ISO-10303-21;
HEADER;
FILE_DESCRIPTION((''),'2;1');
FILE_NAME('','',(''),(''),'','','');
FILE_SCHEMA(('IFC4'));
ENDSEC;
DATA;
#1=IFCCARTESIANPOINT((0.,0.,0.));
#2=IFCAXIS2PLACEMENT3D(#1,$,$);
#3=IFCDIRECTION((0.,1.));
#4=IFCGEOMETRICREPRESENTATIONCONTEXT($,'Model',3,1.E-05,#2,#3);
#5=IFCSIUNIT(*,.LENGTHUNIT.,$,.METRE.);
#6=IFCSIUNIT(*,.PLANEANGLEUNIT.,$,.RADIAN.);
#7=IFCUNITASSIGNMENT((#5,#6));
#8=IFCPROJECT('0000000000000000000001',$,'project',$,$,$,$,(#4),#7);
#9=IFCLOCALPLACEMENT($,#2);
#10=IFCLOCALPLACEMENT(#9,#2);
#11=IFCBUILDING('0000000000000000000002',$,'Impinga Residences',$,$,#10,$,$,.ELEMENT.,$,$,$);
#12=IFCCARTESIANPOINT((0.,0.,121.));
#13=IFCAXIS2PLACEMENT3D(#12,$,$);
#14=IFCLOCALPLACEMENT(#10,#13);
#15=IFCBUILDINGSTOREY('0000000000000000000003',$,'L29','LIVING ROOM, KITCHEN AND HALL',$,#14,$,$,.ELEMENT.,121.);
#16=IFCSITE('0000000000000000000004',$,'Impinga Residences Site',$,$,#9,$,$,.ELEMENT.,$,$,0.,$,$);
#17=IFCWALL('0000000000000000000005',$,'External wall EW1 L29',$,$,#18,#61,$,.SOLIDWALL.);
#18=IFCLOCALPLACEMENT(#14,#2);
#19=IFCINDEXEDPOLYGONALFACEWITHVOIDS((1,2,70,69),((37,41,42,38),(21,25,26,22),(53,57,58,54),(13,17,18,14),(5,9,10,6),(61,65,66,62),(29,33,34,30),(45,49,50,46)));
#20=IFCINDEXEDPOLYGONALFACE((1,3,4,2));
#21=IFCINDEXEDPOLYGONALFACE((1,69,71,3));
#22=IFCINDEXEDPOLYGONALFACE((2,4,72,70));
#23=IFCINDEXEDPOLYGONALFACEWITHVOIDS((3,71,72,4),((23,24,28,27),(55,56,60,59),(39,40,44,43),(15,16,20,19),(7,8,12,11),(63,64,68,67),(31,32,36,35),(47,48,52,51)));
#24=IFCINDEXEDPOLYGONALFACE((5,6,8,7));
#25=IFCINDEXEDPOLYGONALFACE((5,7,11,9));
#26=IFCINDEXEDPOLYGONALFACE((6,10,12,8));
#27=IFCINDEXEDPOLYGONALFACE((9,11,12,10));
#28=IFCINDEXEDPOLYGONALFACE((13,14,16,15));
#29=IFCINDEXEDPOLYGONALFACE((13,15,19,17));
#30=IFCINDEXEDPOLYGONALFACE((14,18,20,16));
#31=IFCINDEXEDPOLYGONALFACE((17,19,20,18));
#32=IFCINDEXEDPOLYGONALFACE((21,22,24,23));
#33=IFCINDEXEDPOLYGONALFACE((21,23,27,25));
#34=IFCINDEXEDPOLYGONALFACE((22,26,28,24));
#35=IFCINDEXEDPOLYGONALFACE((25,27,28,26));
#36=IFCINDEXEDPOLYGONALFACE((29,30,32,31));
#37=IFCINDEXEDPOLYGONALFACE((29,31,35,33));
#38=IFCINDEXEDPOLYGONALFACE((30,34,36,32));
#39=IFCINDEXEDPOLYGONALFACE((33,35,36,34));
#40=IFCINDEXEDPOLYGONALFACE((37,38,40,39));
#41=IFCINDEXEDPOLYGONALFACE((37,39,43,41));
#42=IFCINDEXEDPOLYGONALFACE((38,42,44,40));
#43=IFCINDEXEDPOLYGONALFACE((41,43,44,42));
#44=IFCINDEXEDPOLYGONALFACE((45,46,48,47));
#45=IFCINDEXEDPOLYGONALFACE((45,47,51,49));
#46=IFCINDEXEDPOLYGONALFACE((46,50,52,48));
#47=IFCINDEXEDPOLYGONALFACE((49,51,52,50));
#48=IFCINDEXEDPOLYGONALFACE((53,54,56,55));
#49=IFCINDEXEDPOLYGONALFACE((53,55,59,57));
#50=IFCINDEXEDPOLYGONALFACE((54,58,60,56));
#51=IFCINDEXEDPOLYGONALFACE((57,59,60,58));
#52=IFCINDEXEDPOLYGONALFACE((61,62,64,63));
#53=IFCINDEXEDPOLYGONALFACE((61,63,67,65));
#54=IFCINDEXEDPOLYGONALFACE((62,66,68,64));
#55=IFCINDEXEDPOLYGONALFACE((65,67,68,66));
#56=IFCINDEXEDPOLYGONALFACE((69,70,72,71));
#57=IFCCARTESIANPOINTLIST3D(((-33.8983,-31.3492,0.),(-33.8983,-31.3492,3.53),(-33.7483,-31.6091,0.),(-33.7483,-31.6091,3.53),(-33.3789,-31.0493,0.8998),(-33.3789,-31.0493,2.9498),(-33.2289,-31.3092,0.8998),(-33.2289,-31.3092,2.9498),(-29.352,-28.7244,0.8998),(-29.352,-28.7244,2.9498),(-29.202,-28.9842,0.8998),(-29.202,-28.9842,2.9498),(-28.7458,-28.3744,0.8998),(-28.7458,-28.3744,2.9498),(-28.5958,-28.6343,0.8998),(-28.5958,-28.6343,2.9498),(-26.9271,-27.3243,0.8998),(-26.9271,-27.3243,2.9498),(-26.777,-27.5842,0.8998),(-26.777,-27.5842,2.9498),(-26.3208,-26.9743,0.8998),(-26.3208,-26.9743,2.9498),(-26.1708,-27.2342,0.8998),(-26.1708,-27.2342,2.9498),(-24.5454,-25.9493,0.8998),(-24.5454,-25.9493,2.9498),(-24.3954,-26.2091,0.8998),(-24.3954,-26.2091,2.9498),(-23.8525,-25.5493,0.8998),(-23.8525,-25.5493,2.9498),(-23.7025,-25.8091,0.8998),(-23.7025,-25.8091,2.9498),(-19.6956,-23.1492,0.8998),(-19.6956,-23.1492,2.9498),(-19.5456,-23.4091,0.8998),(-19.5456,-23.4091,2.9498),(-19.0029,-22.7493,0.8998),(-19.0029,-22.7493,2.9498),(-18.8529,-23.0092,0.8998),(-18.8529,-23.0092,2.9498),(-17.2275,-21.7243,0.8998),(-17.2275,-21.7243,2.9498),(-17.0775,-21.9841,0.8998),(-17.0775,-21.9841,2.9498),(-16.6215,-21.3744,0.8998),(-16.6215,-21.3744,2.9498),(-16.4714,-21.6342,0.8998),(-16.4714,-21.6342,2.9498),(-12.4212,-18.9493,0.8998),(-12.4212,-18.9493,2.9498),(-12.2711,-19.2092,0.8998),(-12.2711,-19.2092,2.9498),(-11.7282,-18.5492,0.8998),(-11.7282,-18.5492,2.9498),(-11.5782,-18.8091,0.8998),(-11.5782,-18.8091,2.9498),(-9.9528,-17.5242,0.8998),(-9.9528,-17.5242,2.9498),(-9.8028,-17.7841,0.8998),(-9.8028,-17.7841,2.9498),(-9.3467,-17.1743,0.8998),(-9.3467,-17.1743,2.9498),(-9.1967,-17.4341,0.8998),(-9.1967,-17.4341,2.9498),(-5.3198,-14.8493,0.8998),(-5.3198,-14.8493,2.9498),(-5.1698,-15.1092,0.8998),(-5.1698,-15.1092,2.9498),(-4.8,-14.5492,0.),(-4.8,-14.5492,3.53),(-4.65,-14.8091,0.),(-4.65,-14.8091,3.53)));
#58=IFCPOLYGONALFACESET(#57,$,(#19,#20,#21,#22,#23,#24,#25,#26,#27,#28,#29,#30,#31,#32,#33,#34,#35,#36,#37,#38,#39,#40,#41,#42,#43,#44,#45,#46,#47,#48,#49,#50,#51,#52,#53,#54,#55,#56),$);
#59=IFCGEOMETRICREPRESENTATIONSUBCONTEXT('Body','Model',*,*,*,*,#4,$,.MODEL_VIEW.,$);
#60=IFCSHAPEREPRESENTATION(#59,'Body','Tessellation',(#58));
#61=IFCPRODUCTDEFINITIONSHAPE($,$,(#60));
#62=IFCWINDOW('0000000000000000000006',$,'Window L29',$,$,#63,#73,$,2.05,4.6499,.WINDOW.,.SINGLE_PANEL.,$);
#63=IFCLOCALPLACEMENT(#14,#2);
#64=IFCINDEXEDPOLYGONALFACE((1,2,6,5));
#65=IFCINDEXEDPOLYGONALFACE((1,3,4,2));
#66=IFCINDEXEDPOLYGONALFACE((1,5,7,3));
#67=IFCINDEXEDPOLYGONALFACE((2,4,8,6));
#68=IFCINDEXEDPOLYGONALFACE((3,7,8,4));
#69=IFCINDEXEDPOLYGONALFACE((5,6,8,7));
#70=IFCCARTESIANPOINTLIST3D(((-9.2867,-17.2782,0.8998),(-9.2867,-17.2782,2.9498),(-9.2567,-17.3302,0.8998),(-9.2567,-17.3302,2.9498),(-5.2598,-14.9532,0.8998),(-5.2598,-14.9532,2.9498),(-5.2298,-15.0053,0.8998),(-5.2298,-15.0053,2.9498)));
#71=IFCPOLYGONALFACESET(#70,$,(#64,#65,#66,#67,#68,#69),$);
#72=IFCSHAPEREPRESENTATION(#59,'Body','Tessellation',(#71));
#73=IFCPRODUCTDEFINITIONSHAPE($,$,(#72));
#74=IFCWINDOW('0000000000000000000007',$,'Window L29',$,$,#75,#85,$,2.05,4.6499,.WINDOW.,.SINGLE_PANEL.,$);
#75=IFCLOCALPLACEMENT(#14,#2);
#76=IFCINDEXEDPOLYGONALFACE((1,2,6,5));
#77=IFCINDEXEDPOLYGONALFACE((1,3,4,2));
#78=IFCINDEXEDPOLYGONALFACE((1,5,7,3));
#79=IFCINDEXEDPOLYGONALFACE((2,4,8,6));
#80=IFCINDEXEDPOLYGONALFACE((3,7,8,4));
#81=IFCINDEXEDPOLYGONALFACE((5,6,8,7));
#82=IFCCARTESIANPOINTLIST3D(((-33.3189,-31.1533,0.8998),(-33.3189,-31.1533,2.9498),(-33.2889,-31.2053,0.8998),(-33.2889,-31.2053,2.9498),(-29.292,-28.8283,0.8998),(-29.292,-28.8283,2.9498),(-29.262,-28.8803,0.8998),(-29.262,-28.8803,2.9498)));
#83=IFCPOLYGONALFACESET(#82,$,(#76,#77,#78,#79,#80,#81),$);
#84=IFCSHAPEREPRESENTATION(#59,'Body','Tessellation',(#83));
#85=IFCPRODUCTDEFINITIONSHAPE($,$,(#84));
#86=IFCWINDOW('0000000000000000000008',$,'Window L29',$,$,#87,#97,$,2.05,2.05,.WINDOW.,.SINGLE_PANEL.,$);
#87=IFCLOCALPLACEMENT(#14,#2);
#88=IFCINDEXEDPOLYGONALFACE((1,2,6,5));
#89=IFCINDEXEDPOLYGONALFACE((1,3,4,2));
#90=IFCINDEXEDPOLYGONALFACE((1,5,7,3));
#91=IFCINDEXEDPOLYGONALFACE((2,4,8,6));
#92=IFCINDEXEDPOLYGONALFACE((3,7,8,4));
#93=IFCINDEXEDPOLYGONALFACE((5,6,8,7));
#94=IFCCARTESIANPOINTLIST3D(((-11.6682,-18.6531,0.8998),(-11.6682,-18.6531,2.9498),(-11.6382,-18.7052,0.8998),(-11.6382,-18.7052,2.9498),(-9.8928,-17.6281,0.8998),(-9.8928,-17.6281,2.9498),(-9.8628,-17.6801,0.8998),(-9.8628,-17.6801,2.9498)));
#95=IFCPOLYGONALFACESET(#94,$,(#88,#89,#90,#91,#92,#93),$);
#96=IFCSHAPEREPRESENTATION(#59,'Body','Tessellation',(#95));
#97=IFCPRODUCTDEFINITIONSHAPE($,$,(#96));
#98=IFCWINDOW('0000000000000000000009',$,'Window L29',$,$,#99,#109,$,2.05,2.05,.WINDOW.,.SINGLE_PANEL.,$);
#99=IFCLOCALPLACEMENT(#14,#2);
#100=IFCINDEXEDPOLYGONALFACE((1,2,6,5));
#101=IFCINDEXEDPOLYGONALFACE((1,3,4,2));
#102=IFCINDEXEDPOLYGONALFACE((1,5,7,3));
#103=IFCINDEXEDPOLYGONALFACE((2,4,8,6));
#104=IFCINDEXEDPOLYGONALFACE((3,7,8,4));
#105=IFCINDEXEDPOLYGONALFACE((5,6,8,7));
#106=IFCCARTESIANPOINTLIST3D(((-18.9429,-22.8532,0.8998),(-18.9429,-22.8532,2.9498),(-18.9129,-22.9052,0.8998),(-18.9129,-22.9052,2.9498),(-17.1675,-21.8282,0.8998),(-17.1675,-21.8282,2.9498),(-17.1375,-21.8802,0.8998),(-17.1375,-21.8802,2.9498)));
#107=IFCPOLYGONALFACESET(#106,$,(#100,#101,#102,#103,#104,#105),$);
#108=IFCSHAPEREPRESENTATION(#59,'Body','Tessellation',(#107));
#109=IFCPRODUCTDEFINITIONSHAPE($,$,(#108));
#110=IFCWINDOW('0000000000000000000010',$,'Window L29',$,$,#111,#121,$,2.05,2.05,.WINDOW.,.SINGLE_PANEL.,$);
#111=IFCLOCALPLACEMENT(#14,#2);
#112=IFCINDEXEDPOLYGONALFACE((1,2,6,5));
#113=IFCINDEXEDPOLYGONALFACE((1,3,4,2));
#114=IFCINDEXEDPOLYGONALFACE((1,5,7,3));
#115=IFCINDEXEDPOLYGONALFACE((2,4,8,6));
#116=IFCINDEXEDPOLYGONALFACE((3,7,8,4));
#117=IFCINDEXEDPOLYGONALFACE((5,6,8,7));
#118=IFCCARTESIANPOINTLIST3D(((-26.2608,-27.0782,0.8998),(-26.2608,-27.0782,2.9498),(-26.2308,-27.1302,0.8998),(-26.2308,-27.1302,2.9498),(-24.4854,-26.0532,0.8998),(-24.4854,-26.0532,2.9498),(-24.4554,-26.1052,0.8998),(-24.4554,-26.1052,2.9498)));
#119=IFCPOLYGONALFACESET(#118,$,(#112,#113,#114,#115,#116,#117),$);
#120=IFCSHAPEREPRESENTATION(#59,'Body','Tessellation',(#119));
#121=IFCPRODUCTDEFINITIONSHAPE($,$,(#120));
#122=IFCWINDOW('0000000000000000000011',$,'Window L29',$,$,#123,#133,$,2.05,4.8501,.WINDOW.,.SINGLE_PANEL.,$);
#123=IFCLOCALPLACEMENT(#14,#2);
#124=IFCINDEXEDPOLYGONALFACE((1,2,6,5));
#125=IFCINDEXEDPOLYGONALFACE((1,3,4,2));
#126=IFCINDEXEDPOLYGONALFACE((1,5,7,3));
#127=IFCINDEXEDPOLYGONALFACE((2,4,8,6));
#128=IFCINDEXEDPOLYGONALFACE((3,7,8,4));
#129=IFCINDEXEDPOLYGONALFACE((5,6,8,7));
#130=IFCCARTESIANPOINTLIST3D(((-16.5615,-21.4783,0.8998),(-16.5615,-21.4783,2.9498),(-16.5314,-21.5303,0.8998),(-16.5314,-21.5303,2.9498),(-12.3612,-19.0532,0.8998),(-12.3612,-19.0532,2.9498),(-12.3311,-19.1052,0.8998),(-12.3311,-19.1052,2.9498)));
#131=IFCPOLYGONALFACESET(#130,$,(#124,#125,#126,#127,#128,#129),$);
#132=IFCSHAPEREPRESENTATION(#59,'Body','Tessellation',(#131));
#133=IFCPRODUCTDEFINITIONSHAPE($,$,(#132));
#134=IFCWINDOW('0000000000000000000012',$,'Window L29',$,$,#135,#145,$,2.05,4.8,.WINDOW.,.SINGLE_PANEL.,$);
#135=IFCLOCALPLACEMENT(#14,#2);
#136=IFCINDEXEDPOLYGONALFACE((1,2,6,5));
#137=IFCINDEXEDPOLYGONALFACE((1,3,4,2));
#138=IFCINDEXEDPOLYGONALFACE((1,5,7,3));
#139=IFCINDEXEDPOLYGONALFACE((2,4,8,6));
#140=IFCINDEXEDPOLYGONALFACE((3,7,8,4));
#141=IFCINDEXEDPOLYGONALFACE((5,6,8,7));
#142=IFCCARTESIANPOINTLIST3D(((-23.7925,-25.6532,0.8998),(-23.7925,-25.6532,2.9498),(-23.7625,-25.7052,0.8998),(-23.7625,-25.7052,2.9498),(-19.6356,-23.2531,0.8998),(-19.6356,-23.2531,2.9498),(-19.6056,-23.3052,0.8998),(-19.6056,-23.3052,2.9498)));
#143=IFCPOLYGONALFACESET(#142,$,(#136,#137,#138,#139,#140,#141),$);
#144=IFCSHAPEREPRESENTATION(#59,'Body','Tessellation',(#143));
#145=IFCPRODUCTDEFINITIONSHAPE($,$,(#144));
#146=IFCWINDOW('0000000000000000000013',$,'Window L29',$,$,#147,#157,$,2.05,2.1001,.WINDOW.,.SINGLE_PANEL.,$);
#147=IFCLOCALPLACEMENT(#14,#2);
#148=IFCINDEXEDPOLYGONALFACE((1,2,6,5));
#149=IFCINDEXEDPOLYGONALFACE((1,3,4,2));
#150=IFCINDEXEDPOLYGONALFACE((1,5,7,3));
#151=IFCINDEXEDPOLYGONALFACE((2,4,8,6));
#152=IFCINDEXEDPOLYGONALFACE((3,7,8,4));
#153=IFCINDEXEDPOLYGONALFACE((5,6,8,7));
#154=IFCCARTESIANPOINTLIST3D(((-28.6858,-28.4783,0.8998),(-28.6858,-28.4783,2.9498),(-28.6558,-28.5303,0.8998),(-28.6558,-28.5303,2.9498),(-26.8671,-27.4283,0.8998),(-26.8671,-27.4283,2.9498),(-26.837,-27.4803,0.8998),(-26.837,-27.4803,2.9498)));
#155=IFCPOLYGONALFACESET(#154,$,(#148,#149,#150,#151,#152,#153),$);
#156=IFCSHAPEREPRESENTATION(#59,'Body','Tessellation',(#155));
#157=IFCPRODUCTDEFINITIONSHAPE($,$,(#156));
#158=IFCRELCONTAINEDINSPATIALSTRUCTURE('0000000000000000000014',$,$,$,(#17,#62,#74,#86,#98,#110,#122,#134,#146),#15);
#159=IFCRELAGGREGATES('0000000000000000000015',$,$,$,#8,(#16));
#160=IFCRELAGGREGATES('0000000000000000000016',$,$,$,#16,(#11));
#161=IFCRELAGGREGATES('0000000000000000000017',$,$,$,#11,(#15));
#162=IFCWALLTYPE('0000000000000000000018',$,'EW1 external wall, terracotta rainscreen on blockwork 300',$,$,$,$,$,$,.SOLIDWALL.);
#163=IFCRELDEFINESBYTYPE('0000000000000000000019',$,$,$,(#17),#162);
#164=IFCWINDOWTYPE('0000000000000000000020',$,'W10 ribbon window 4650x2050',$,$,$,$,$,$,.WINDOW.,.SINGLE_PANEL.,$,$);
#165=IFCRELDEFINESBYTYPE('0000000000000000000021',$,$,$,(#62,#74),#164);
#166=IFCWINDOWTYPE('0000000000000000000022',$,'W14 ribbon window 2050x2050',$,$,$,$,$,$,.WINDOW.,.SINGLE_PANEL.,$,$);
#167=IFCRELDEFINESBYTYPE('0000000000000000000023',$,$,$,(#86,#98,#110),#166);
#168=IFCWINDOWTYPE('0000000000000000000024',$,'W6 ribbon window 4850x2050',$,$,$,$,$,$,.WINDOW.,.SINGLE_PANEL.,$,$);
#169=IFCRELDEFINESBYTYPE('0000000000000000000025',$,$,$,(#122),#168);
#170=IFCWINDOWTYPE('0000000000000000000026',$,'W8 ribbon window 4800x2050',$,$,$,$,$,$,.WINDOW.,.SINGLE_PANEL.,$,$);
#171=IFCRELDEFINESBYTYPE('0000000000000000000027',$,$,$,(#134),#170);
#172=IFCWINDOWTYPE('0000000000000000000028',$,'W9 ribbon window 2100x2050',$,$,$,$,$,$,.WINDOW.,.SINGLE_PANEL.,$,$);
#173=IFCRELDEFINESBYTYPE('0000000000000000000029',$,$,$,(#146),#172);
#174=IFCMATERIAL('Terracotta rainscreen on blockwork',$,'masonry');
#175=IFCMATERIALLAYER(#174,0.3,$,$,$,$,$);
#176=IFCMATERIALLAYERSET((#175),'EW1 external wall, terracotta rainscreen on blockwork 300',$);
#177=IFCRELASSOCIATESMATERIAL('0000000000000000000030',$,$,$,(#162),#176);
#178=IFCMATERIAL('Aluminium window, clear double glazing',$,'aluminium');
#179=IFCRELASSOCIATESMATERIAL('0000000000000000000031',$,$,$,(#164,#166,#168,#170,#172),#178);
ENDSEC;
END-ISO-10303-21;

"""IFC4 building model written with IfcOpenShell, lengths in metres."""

from ifc_helpers import new_model, si_unit, direction, frame, frame_2d, origin, place, context, subcontext, project, spatial, rectangle, extrude, material, layer, layer_set, type_object, element, fill, save


model = new_model("IFC4")

# Units and contexts
model_context = context("Model", 3, precision=1e-05, world=origin(), true_north=direction((0.0, 1.0)))
body_context = subcontext(model_context, "Body", "Model", "MODEL_VIEW")
ifc_project = project(units=[si_unit("LENGTHUNIT", "METRE"), si_unit("PLANEANGLEUNIT", "RADIAN")], contexts=[model_context])

# Site, building, storey
site_placement = place(None, origin())
site = spatial("IfcSite", under=ifc_project, at=site_placement, Name="Impinga Residences Site", CompositionType="ELEMENT", RefElevation=0.0)
building_placement = place(site_placement, origin())
building = spatial("IfcBuilding", under=site, at=building_placement, Name="Impinga Residences", CompositionType="ELEMENT")
storey_placement = place(building_placement, frame((0.0, 0.0, 121.0)))
storey = spatial("IfcBuildingStorey", under=building, at=storey_placement, Name="L29", Description="LIVING ROOM, KITCHEN AND HALL", CompositionType="ELEMENT", Elevation=121.0)

# Shared definitions
ifc_material_1 = material(Name="Terracotta rainscreen on blockwork", Category="masonry")
ifc_layer_1 = layer(ifc_material_1, 0.3)
ifc_layer_set_1 = layer_set([ifc_layer_1], Name="EW1 external wall, terracotta rainscreen on blockwork 300")
wall_type_1 = type_object("IfcWallType", Name="EW1 external wall, terracotta rainscreen on blockwork 300", PredefinedType="SOLIDWALL", material=ifc_layer_set_1)

# Wall, openings, windows
wall_1_placement = place(storey_placement, frame((-4.7251, -14.6792, 0.0), z_axis=(0.0, 0.0, 1.0), x_axis=(-0.866024, -0.500002, 0.0)))
wall_1 = element("IfcWall", 1, at=wall_1_placement, inside=storey, type_object=wall_type_1, Name="External wall EW1 L29", PredefinedType="SOLIDWALL", context=body_context, shape_type="SweptSolid", body=[
    extrude(rectangle(XDim=33.5999, YDim=0.3, at=frame_2d((16.7998, 0.0))), origin(), (0.0, 0.0, 1.0), 3.53),
])
opening_1_placement = place(wall_1_placement, frame((0.6001, 0.0, 0.8999)))
opening_1 = element("IfcOpeningElement", 2, at=opening_1_placement, cuts=wall_1, PredefinedType="OPENING", context=body_context, shape_type="SweptSolid", body=[
    extrude(rectangle(XDim=4.6499, YDim=2.05, at=frame_2d((2.325, 1.0249))), frame((0.0, 0.1599, 0.0), z_axis=(0.0, -1.0, 0.0), x_axis=(1.0, 0.0, 0.0)), (0.0, 0.0, 1.0), 0.3201),
])
opening_2_placement = place(wall_1_placement, frame((5.95, 0.0, 0.8999)))
opening_2 = element("IfcOpeningElement", 3, at=opening_2_placement, cuts=wall_1, PredefinedType="OPENING", context=body_context, shape_type="SweptSolid", body=[
    extrude(rectangle(XDim=2.05, YDim=2.05, at=frame_2d((1.0249, 1.0249))), frame((0.0, 0.1599, 0.0), z_axis=(0.0, -1.0, 0.0), x_axis=(1.0, 0.0, 0.0)), (0.0, 0.0, 1.0), 0.3201),
])
opening_3_placement = place(wall_1_placement, frame((8.8, 0.0, 0.8999)))
opening_3 = element("IfcOpeningElement", 4, at=opening_3_placement, cuts=wall_1, PredefinedType="OPENING", context=body_context, shape_type="SweptSolid", body=[
    extrude(rectangle(XDim=4.8501, YDim=2.05, at=frame_2d((2.425, 1.0249))), frame((0.0, 0.1599, 0.0), z_axis=(0.0, -1.0, 0.0), x_axis=(1.0, 0.0, 0.0)), (0.0, 0.0, 1.0), 0.3201),
])
opening_4_placement = place(wall_1_placement, frame((14.3501, 0.0, 0.8999)))
opening_4 = element("IfcOpeningElement", 5, at=opening_4_placement, cuts=wall_1, PredefinedType="OPENING", context=body_context, shape_type="SweptSolid", body=[
    extrude(rectangle(XDim=2.05, YDim=2.05, at=frame_2d((1.0249, 1.0249))), frame((0.0, 0.1599, 0.0), z_axis=(0.0, -1.0, 0.0), x_axis=(1.0, 0.0, 0.0)), (0.0, 0.0, 1.0), 0.3201),
])
opening_5_placement = place(wall_1_placement, frame((17.2, 0.0, 0.8999)))
opening_5 = element("IfcOpeningElement", 6, at=opening_5_placement, cuts=wall_1, PredefinedType="OPENING", context=body_context, shape_type="SweptSolid", body=[
    extrude(rectangle(XDim=4.8, YDim=2.05, at=frame_2d((2.3999, 1.0249))), frame((0.0, 0.1599, 0.0), z_axis=(0.0, -1.0, 0.0), x_axis=(1.0, 0.0, 0.0)), (0.0, 0.0, 1.0), 0.3201),
])
opening_6_placement = place(wall_1_placement, frame((22.8, 0.0, 0.8999)))
opening_6 = element("IfcOpeningElement", 7, at=opening_6_placement, cuts=wall_1, PredefinedType="OPENING", context=body_context, shape_type="SweptSolid", body=[
    extrude(rectangle(XDim=2.05, YDim=2.05, at=frame_2d((1.0249, 1.0249))), frame((0.0, 0.1599, 0.0), z_axis=(0.0, -1.0, 0.0), x_axis=(1.0, 0.0, 0.0)), (0.0, 0.0, 1.0), 0.3201),
])
opening_7_placement = place(wall_1_placement, frame((25.55, 0.0, 0.8999)))
opening_7 = element("IfcOpeningElement", 8, at=opening_7_placement, cuts=wall_1, PredefinedType="OPENING", context=body_context, shape_type="SweptSolid", body=[
    extrude(rectangle(XDim=2.1001, YDim=2.05, at=frame_2d((1.05, 1.0249))), frame((0.0, 0.1599, 0.0), z_axis=(0.0, -1.0, 0.0), x_axis=(1.0, 0.0, 0.0)), (0.0, 0.0, 1.0), 0.3201),
])
opening_8_placement = place(wall_1_placement, frame((28.3501, 0.0, 0.8999)))
opening_8 = element("IfcOpeningElement", 9, at=opening_8_placement, cuts=wall_1, PredefinedType="OPENING", context=body_context, shape_type="SweptSolid", body=[
    extrude(rectangle(XDim=4.6499, YDim=2.05, at=frame_2d((2.325, 1.0249))), frame((0.0, 0.1599, 0.0), z_axis=(0.0, -1.0, 0.0), x_axis=(1.0, 0.0, 0.0)), (0.0, 0.0, 1.0), 0.3201),
])
ifc_material_2 = material(Name="Aluminium window, clear double glazing", Category="aluminium")
window_type_1 = type_object("IfcWindowType", Name="W10 ribbon window 4650x2050", PartitioningType="SINGLE_PANEL", PredefinedType="WINDOW", material=ifc_material_2)
window_1_placement = place(opening_1_placement, origin())
window_1 = element("IfcWindow", 10, at=window_1_placement, inside=storey, type_object=window_type_1, Name="Window L29", OverallHeight=2.05, OverallWidth=4.6499, PartitioningType="SINGLE_PANEL", PredefinedType="WINDOW", context=body_context, shape_type="SweptSolid", body=[
    extrude(rectangle(XDim=4.6499, YDim=2.05, at=frame_2d((2.325, 1.0249))), frame((0.0, 0.03, 0.0), z_axis=(0.0, -1.0, 0.0), x_axis=(1.0, 0.0, 0.0)), (0.0, 0.0, 1.0), 0.0601),
])
fill(opening_1, window_1)
window_2_placement = place(opening_8_placement, origin())
window_2 = element("IfcWindow", 11, at=window_2_placement, inside=storey, type_object=window_type_1, Name="Window L29", OverallHeight=2.05, OverallWidth=4.6499, PartitioningType="SINGLE_PANEL", PredefinedType="WINDOW", context=body_context, shape_type="SweptSolid", body=[
    extrude(rectangle(XDim=4.6499, YDim=2.05, at=frame_2d((2.325, 1.0249))), frame((0.0, 0.03, 0.0), z_axis=(0.0, -1.0, 0.0), x_axis=(1.0, 0.0, 0.0)), (0.0, 0.0, 1.0), 0.0601),
])
fill(opening_8, window_2)
window_type_2 = type_object("IfcWindowType", Name="W14 ribbon window 2050x2050", PartitioningType="SINGLE_PANEL", PredefinedType="WINDOW", material=ifc_material_2)
window_3_placement = place(opening_2_placement, origin())
window_3 = element("IfcWindow", 12, at=window_3_placement, inside=storey, type_object=window_type_2, Name="Window L29", OverallHeight=2.05, OverallWidth=2.05, PartitioningType="SINGLE_PANEL", PredefinedType="WINDOW", context=body_context, shape_type="SweptSolid", body=[
    extrude(rectangle(XDim=2.05, YDim=2.05, at=frame_2d((1.0249, 1.0249))), frame((0.0, 0.03, 0.0), z_axis=(0.0, -1.0, 0.0), x_axis=(1.0, 0.0, 0.0)), (0.0, 0.0, 1.0), 0.0601),
])
fill(opening_2, window_3)
window_4_placement = place(opening_4_placement, origin())
window_4 = element("IfcWindow", 13, at=window_4_placement, inside=storey, type_object=window_type_2, Name="Window L29", OverallHeight=2.05, OverallWidth=2.05, PartitioningType="SINGLE_PANEL", PredefinedType="WINDOW", context=body_context, shape_type="SweptSolid", body=[
    extrude(rectangle(XDim=2.05, YDim=2.05, at=frame_2d((1.0249, 1.0249))), frame((0.0, 0.03, 0.0), z_axis=(0.0, -1.0, 0.0), x_axis=(1.0, 0.0, 0.0)), (0.0, 0.0, 1.0), 0.0601),
])
fill(opening_4, window_4)
window_5_placement = place(opening_6_placement, origin())
window_5 = element("IfcWindow", 14, at=window_5_placement, inside=storey, type_object=window_type_2, Name="Window L29", OverallHeight=2.05, OverallWidth=2.05, PartitioningType="SINGLE_PANEL", PredefinedType="WINDOW", context=body_context, shape_type="SweptSolid", body=[
    extrude(rectangle(XDim=2.05, YDim=2.05, at=frame_2d((1.0249, 1.0249))), frame((0.0, 0.03, 0.0), z_axis=(0.0, -1.0, 0.0), x_axis=(1.0, 0.0, 0.0)), (0.0, 0.0, 1.0), 0.0601),
])
fill(opening_6, window_5)
window_type_3 = type_object("IfcWindowType", Name="W6 ribbon window 4850x2050", PartitioningType="SINGLE_PANEL", PredefinedType="WINDOW", material=ifc_material_2)
window_6_placement = place(opening_3_placement, origin())
window_6 = element("IfcWindow", 15, at=window_6_placement, inside=storey, type_object=window_type_3, Name="Window L29", OverallHeight=2.05, OverallWidth=4.8501, PartitioningType="SINGLE_PANEL", PredefinedType="WINDOW", context=body_context, shape_type="SweptSolid", body=[
    extrude(rectangle(XDim=4.8501, YDim=2.05, at=frame_2d((2.425, 1.0249))), frame((0.0, 0.03, 0.0), z_axis=(0.0, -1.0, 0.0), x_axis=(1.0, 0.0, 0.0)), (0.0, 0.0, 1.0), 0.0601),
])
fill(opening_3, window_6)
window_type_4 = type_object("IfcWindowType", Name="W8 ribbon window 4800x2050", PartitioningType="SINGLE_PANEL", PredefinedType="WINDOW", material=ifc_material_2)
window_7_placement = place(opening_5_placement, origin())
window_7 = element("IfcWindow", 16, at=window_7_placement, inside=storey, type_object=window_type_4, Name="Window L29", OverallHeight=2.05, OverallWidth=4.8, PartitioningType="SINGLE_PANEL", PredefinedType="WINDOW", context=body_context, shape_type="SweptSolid", body=[
    extrude(rectangle(XDim=4.8, YDim=2.05, at=frame_2d((2.3999, 1.0249))), frame((0.0, 0.03, 0.0), z_axis=(0.0, -1.0, 0.0), x_axis=(1.0, 0.0, 0.0)), (0.0, 0.0, 1.0), 0.0601),
])
fill(opening_5, window_7)
window_type_5 = type_object("IfcWindowType", Name="W9 ribbon window 2100x2050", PartitioningType="SINGLE_PANEL", PredefinedType="WINDOW", material=ifc_material_2)
window_8_placement = place(opening_7_placement, origin())
window_8 = element("IfcWindow", 17, at=window_8_placement, inside=storey, type_object=window_type_5, Name="Window L29", OverallHeight=2.05, OverallWidth=2.1001, PartitioningType="SINGLE_PANEL", PredefinedType="WINDOW", context=body_context, shape_type="SweptSolid", body=[
    extrude(rectangle(XDim=2.1001, YDim=2.05, at=frame_2d((1.05, 1.0249))), frame((0.0, 0.03, 0.0), z_axis=(0.0, -1.0, 0.0), x_axis=(1.0, 0.0, 0.0)), (0.0, 0.0, 1.0), 0.0601),
])
fill(opening_7, window_8)

save(model, "model.ifc")
